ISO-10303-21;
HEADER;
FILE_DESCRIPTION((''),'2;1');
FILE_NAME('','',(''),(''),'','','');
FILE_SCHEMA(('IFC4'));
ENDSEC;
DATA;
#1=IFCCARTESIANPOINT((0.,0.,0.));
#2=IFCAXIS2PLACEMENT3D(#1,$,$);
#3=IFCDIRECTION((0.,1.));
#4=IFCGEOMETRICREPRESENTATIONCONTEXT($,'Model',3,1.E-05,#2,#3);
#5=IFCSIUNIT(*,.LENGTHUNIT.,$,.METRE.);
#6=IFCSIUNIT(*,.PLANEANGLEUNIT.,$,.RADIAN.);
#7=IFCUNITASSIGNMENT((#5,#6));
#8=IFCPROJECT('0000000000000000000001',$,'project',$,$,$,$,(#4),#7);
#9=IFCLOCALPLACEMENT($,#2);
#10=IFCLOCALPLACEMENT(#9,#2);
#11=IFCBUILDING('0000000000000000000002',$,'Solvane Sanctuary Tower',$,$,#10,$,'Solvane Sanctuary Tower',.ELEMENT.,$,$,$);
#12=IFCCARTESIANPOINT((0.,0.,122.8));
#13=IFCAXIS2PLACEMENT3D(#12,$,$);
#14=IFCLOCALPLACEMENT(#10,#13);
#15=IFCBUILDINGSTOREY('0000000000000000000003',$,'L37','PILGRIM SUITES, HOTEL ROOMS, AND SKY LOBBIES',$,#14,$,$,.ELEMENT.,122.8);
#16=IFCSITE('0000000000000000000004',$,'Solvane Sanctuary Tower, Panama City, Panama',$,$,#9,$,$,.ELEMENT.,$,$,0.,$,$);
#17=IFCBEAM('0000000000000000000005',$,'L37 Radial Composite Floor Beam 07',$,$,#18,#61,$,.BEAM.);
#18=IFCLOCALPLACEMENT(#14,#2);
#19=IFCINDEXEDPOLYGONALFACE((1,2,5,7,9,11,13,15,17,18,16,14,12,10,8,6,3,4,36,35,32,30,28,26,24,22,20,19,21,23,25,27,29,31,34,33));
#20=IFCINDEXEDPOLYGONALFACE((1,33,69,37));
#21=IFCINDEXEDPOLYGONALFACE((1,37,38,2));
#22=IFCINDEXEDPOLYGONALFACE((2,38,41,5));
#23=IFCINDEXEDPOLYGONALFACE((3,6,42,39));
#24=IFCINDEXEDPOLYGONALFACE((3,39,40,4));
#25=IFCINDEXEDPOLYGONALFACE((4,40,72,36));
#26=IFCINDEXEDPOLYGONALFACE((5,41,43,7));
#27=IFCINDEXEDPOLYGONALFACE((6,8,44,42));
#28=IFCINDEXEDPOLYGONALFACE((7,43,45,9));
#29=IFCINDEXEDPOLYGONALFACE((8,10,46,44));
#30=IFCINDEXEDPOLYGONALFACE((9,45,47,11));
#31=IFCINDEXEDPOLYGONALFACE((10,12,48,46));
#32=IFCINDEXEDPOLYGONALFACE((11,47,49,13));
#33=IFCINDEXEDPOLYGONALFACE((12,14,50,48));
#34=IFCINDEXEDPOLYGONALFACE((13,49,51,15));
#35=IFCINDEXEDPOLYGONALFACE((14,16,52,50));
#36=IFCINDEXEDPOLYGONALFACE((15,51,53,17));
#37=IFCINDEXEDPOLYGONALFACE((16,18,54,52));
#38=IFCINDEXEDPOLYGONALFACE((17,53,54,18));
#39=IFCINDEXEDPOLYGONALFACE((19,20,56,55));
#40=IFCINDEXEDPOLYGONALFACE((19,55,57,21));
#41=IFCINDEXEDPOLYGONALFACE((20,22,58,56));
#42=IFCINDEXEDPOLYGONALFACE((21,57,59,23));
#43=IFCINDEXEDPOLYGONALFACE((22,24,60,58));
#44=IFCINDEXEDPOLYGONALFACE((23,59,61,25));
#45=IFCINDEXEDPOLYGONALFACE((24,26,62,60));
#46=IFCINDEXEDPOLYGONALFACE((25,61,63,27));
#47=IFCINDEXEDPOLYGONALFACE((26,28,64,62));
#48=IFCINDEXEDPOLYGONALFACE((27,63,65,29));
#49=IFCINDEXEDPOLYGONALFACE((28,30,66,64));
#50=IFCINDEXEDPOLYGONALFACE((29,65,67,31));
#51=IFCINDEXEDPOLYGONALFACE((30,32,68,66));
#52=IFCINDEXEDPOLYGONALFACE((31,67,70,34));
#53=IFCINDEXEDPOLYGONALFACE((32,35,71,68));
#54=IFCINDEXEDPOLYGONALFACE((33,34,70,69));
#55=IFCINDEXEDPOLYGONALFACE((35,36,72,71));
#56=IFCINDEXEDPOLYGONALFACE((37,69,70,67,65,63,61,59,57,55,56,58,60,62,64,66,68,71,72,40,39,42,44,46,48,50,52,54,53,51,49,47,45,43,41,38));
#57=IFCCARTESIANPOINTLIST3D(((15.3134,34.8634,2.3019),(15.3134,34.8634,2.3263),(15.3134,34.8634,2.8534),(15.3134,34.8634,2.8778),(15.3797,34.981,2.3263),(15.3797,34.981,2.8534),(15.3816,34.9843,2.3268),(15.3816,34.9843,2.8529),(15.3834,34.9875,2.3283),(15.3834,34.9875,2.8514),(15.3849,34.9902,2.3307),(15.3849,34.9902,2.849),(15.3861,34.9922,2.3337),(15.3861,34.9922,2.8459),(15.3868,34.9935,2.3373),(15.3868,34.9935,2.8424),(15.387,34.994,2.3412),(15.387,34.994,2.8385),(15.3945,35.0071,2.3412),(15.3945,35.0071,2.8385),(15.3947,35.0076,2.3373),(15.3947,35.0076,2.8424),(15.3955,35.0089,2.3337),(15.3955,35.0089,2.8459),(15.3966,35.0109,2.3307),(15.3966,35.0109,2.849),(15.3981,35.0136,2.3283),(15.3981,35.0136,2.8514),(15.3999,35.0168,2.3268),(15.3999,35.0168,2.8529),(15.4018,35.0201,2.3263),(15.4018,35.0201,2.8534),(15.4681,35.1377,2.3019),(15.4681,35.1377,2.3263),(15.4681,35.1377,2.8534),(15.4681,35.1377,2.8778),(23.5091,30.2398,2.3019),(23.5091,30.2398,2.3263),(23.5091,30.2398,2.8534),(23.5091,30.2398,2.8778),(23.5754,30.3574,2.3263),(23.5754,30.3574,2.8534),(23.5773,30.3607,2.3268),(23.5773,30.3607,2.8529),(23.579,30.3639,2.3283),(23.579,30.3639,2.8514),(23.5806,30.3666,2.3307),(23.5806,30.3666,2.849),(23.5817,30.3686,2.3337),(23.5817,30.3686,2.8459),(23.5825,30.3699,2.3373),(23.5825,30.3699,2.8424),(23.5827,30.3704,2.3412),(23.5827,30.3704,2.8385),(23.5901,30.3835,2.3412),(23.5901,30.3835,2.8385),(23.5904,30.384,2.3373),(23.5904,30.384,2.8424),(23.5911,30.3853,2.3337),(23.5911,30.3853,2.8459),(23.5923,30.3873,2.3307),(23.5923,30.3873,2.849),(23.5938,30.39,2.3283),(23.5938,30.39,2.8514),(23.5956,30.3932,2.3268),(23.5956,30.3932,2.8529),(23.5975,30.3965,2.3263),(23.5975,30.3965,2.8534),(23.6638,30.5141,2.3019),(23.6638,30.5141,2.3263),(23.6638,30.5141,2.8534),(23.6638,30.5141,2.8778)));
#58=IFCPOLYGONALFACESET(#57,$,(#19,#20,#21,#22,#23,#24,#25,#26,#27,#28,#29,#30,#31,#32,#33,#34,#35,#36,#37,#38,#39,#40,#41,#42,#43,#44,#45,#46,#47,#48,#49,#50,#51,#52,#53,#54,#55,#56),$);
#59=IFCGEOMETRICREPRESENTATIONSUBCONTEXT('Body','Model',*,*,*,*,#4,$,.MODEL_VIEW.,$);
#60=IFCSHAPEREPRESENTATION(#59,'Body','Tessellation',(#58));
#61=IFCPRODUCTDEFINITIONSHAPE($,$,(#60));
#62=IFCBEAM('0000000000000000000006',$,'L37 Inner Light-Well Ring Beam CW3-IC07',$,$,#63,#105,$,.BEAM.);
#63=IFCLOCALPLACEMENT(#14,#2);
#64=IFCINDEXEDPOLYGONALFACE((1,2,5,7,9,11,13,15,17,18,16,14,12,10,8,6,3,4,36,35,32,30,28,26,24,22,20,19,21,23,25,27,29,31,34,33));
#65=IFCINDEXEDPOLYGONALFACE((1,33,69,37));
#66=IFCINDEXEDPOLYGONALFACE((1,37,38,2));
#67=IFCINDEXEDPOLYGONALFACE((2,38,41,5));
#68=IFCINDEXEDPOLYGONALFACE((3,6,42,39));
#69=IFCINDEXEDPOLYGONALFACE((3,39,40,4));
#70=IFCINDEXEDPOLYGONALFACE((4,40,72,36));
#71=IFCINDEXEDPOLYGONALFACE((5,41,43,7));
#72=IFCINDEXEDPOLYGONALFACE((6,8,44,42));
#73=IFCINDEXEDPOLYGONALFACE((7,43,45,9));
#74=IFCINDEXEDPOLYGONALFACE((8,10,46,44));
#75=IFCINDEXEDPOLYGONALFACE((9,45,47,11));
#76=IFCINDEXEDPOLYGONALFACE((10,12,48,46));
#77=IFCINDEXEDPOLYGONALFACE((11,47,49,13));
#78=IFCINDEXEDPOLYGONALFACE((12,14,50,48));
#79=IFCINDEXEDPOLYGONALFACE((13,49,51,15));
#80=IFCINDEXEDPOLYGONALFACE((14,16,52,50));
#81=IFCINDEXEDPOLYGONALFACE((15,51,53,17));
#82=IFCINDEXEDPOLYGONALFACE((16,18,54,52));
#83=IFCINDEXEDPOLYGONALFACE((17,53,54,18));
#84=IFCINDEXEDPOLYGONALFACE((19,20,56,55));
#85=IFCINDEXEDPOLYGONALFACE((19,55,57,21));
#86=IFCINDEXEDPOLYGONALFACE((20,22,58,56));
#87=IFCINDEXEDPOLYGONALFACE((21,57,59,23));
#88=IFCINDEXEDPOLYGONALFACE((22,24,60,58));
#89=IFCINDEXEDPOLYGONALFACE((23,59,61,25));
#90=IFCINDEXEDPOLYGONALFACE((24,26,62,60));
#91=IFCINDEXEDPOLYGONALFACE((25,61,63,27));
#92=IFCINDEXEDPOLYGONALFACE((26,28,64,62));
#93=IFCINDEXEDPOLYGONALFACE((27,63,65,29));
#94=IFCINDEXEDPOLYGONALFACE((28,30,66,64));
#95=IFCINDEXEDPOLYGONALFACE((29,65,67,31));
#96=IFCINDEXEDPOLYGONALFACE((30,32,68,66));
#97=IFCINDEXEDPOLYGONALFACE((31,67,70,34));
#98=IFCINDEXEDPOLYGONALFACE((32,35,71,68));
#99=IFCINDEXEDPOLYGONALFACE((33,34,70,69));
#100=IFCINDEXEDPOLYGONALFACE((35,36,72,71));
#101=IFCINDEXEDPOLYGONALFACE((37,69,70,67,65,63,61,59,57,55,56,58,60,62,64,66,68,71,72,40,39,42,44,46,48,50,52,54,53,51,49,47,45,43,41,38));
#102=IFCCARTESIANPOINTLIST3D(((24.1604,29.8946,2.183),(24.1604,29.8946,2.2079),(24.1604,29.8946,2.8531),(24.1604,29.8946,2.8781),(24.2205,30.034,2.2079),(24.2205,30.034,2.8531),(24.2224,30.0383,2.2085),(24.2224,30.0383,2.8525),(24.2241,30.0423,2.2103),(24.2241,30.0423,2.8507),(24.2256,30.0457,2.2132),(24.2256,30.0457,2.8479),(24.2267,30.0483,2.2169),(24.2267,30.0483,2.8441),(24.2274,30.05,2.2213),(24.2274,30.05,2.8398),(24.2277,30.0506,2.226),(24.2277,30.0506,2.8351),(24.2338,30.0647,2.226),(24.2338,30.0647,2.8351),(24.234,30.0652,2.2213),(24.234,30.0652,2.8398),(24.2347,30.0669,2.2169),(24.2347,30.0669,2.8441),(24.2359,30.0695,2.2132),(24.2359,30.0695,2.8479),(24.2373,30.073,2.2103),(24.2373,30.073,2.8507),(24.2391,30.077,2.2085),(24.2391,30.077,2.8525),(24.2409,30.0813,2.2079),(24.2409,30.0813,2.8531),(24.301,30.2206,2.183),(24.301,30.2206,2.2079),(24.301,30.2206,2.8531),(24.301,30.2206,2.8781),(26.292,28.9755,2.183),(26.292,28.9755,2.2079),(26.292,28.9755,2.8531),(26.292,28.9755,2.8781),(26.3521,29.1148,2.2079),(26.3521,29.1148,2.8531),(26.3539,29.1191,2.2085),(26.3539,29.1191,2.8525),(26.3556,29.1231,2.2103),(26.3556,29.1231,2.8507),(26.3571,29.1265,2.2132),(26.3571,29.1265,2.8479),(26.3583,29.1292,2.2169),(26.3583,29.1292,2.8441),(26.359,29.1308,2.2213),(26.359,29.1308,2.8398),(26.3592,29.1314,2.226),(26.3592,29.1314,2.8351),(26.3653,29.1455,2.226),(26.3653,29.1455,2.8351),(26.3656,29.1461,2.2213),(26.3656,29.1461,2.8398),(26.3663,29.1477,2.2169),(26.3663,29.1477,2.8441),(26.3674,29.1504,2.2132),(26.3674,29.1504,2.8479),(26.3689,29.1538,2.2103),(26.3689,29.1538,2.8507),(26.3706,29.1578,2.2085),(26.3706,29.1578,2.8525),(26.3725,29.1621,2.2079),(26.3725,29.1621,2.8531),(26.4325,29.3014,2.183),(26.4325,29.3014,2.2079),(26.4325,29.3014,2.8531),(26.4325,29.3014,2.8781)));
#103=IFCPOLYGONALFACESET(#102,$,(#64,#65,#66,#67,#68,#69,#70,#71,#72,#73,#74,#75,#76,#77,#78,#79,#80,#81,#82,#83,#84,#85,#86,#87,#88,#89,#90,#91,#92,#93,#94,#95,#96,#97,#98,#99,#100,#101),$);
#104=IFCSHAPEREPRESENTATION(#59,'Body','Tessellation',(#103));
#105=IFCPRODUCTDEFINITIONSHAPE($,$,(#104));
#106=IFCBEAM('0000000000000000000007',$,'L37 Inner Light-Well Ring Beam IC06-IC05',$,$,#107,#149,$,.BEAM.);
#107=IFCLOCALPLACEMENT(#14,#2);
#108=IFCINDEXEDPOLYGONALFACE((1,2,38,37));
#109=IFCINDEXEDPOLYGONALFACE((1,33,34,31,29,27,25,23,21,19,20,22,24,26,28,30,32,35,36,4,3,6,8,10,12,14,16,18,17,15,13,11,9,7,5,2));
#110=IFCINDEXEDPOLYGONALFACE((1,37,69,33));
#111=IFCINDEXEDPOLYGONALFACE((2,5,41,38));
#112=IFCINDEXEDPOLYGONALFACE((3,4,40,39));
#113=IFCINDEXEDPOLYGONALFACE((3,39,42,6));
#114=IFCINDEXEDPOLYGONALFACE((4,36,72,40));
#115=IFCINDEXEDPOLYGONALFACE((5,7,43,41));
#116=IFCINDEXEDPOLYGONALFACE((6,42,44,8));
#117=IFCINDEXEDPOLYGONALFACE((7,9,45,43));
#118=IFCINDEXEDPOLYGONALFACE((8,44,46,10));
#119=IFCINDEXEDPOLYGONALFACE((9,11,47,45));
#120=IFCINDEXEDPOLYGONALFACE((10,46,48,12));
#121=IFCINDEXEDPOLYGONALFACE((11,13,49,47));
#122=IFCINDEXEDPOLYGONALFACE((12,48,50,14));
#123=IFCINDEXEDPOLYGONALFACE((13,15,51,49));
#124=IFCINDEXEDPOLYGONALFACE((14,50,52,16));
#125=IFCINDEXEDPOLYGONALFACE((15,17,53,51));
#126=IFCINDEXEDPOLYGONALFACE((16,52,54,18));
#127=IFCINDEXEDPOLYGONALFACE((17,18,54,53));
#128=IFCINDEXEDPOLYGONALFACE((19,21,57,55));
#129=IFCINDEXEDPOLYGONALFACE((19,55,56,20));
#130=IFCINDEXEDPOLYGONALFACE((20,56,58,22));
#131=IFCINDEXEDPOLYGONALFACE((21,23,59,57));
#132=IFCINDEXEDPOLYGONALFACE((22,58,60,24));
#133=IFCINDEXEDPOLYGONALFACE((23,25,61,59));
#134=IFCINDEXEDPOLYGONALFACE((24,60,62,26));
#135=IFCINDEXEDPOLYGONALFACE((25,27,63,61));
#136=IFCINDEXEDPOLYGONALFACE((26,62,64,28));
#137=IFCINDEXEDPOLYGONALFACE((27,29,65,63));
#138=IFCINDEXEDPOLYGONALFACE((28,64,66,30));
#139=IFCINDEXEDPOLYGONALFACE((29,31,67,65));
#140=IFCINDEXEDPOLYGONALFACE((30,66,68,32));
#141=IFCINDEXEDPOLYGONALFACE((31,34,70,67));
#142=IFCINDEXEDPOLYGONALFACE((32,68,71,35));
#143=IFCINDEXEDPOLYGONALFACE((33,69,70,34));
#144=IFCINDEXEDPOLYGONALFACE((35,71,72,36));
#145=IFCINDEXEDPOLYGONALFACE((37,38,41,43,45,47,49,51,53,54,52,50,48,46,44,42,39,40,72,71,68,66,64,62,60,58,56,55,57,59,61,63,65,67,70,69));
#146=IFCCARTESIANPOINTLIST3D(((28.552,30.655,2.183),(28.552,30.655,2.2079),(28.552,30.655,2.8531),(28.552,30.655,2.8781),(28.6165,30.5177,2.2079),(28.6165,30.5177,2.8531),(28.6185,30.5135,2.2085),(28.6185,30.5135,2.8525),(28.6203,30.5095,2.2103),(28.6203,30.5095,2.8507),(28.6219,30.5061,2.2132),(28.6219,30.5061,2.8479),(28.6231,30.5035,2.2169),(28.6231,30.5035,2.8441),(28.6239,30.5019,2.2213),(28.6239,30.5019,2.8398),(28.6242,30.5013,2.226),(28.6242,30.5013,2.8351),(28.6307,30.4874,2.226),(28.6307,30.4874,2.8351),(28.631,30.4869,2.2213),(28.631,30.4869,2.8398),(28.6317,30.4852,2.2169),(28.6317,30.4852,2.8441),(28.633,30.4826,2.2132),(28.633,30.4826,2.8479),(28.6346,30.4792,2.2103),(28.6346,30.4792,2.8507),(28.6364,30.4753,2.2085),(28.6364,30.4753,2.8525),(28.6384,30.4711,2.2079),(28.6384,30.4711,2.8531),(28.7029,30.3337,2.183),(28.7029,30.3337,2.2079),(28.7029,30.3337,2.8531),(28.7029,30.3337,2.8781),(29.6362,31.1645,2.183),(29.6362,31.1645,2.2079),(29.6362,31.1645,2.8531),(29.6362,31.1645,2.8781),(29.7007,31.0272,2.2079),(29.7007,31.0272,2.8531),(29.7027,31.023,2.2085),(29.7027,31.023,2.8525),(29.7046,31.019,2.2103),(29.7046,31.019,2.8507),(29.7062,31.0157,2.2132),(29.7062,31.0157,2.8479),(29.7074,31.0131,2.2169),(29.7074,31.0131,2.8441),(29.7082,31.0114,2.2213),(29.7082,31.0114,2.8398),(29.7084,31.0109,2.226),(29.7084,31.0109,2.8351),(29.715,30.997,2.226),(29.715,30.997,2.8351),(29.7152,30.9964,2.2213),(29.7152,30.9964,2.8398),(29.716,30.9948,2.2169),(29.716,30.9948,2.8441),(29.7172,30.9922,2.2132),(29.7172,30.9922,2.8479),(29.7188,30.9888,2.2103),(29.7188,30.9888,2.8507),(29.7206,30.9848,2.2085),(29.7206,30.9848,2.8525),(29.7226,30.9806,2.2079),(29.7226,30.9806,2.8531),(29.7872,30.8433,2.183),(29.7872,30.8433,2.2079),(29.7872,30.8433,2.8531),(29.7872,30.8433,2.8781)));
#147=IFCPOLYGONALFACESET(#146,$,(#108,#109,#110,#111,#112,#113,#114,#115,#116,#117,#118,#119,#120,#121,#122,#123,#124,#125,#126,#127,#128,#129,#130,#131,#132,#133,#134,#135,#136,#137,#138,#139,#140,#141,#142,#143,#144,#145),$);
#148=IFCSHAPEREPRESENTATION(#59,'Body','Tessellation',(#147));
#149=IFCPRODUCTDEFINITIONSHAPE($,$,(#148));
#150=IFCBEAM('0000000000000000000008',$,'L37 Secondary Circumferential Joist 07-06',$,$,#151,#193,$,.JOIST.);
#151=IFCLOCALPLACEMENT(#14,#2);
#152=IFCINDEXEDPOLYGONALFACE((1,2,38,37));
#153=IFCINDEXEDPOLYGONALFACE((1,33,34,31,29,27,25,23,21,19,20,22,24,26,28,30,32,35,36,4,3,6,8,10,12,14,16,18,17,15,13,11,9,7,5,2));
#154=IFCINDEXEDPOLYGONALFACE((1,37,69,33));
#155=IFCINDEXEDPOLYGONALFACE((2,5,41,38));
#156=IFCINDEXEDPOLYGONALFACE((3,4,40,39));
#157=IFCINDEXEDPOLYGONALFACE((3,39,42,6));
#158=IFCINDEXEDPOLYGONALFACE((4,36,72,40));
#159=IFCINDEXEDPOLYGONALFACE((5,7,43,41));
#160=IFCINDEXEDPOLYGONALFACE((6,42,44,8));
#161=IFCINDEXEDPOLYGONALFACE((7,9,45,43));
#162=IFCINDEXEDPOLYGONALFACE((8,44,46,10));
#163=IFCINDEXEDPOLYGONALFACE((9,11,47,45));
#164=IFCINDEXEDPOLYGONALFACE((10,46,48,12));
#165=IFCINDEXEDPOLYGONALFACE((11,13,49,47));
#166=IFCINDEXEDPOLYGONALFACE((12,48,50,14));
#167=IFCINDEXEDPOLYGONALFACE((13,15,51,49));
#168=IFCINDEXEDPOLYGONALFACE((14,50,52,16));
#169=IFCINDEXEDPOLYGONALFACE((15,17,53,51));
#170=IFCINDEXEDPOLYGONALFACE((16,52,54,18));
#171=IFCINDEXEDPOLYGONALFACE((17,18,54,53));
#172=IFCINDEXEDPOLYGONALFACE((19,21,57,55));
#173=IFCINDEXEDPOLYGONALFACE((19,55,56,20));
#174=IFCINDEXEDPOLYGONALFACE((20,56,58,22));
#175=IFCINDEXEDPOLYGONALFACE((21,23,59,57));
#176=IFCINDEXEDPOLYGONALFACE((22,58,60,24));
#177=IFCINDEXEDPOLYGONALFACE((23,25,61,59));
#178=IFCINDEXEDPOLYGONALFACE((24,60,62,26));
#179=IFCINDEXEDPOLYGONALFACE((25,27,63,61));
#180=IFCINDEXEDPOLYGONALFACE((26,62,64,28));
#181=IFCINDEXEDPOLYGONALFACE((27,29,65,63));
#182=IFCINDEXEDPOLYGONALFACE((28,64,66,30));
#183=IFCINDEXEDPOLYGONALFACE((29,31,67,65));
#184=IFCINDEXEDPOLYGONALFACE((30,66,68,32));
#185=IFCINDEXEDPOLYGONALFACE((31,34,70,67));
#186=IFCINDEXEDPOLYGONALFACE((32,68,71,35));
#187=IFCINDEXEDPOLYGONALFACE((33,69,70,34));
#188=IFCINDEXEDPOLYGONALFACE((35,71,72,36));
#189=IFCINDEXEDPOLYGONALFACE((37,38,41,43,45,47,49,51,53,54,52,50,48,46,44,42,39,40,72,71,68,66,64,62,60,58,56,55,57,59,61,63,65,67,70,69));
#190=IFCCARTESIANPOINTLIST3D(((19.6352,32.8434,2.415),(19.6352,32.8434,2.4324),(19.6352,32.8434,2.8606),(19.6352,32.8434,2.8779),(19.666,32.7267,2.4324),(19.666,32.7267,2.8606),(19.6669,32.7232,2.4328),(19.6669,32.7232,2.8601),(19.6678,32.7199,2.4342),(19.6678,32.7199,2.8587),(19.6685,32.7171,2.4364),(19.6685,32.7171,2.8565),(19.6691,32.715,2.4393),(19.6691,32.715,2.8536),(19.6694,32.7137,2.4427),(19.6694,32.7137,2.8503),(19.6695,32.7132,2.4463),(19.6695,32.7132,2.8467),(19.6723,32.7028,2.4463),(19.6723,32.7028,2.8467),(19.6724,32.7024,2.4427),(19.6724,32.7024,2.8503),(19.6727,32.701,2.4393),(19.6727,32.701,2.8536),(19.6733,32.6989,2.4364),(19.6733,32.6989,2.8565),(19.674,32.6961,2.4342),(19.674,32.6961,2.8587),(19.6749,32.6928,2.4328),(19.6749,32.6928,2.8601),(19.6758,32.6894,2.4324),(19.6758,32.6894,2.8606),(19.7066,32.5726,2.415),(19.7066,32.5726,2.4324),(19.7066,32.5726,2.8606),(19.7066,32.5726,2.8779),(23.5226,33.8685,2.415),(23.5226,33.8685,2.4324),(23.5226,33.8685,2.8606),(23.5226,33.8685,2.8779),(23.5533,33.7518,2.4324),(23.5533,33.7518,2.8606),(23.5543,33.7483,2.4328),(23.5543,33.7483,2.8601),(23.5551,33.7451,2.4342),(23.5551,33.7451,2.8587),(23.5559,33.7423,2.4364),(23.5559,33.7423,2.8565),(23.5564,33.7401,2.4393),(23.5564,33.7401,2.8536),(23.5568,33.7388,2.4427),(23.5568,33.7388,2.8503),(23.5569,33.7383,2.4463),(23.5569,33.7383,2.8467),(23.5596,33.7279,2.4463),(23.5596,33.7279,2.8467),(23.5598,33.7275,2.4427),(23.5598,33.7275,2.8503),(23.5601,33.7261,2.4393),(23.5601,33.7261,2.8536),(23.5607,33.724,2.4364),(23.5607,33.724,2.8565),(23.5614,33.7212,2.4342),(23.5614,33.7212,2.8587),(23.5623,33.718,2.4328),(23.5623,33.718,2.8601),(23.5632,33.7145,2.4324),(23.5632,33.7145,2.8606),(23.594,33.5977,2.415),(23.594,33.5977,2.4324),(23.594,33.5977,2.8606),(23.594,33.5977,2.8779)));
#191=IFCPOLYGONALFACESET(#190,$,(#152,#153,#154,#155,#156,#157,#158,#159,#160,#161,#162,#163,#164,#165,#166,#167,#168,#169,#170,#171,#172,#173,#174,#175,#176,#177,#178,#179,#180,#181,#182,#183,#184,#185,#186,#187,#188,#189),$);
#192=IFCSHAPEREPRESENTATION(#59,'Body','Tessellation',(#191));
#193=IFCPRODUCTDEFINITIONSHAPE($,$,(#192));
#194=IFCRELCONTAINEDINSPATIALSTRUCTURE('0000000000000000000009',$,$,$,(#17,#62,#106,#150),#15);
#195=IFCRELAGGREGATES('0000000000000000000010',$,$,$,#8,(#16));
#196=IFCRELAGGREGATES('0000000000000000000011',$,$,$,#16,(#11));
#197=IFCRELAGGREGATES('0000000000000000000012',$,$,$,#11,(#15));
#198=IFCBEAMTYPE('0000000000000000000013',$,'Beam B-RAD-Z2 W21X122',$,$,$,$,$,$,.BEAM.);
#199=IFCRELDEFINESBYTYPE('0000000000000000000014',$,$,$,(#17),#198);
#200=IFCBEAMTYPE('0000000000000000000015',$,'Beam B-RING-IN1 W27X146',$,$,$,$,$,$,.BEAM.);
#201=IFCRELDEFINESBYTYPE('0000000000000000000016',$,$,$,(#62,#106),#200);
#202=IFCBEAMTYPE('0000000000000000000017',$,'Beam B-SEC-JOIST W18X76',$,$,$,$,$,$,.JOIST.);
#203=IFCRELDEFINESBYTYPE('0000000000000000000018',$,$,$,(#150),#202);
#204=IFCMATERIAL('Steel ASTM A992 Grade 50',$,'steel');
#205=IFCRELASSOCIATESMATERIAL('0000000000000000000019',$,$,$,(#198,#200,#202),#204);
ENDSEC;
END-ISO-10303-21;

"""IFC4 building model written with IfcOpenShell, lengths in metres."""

from ifc_helpers import new_model, si_unit, direction, frame, origin, origin_2d, place, context, subcontext, project, spatial, i_section, extrude, material, material_profile, profile_set, type_object, element, save


model = new_model("IFC4")

# Units and contexts
model_context = context("Model", 3, precision=1e-05, world=origin(), true_north=direction((0.0, 1.0)))
body_context = subcontext(model_context, "Body", "Model", "MODEL_VIEW")
ifc_project = project(units=[si_unit("LENGTHUNIT", "METRE"), si_unit("PLANEANGLEUNIT", "RADIAN")], contexts=[model_context])

# Site, building, storey
site_placement = place(None, origin())
site = spatial("IfcSite", under=ifc_project, at=site_placement, Name="Solvane Sanctuary Tower, Panama City, Panama", CompositionType="ELEMENT", RefElevation=0.0)
building_placement = place(site_placement, origin())
building = spatial("IfcBuilding", under=site, at=building_placement, Name="Solvane Sanctuary Tower", LongName="Solvane Sanctuary Tower", CompositionType="ELEMENT")
storey_placement = place(building_placement, frame((0.0, 0.0, 122.8)))
storey = spatial("IfcBuildingStorey", under=building, at=storey_placement, Name="L37", Description="PILGRIM SUITES, HOTEL ROOMS, AND SKY LOBBIES", CompositionType="ELEMENT", Elevation=122.8)

# Beams
ifc_material_1 = material(Name="Steel ASTM A992 Grade 50", Category="steel")
ifc_material_profile_1 = material_profile(ifc_material_1, i_section(OverallWidth=0.3149, OverallDepth=0.5759, WebThickness=0.0151, FlangeThickness=0.0244, FilletRadius=0.0149, at=origin_2d()), Name="W21X122")
ifc_profile_set_1 = profile_set([ifc_material_profile_1], Name="Steel ASTM A992 Grade 50")
beam_type_1 = type_object("IfcBeamType", Name="Beam B-RAD-Z2 W21X122", PredefinedType="BEAM", material=ifc_profile_set_1)
beam_1_placement = place(storey_placement, frame((23.5864, 30.377, 2.5898), z_axis=(-0.87096, 0.491353, 0.0), x_axis=(-0.491353, -0.87096, 0.0)))
element("IfcBeam", 1, at=beam_1_placement, inside=storey, type_object=beam_type_1, Name="L37 Radial Composite Floor Beam 07", PredefinedType="BEAM", context=body_context, shape_type="SweptSolid", body=[
    extrude(i_section(OverallWidth=0.3149, OverallDepth=0.5759, WebThickness=0.0151, FlangeThickness=0.0244, FilletRadius=0.0149, at=origin_2d()), origin(), (0.0, 0.0, 1.0), 9.4099),
])
ifc_material_profile_2 = material_profile(ifc_material_1, i_section(OverallWidth=0.355, OverallDepth=0.6951, WebThickness=0.0154, FlangeThickness=0.0249, FilletRadius=0.0181, at=origin_2d()), Name="W27X146")
ifc_profile_set_2 = profile_set([ifc_material_profile_2], Name="Steel ASTM A992 Grade 50")
beam_type_2 = type_object("IfcBeamType", Name="Beam B-RING-IN1 W27X146", PredefinedType="BEAM", material=ifc_profile_set_2)
beam_2_placement = place(storey_placement, frame((24.2307, 30.0576, 2.5305), z_axis=(0.918261, -0.395975, 0.0), x_axis=(0.395975, 0.918261, 0.0)))
element("IfcBeam", 2, at=beam_2_placement, inside=storey, type_object=beam_type_2, Name="L37 Inner Light-Well Ring Beam CW3-IC07", PredefinedType="BEAM", context=body_context, shape_type="SweptSolid", body=[
    extrude(i_section(OverallWidth=0.355, OverallDepth=0.6951, WebThickness=0.0154, FlangeThickness=0.0249, FilletRadius=0.0181, at=origin_2d()), origin(), (0.0, 0.0, 1.0), 2.3213),
])
beam_3_placement = place(storey_placement, frame((28.6274, 30.4944, 2.5305), z_axis=(0.905045, 0.425316, 0.0), x_axis=(-0.425316, 0.905045, 0.0)))
element("IfcBeam", 3, at=beam_3_placement, inside=storey, type_object=beam_type_2, Name="L37 Inner Light-Well Ring Beam IC06-IC05", PredefinedType="BEAM", context=body_context, shape_type="SweptSolid", body=[
    extrude(i_section(OverallWidth=0.355, OverallDepth=0.6951, WebThickness=0.0154, FlangeThickness=0.0249, FilletRadius=0.0181, at=origin_2d()), origin(), (0.0, 0.0, 1.0), 1.198),
])
ifc_material_profile_3 = material_profile(ifc_material_1, i_section(OverallWidth=0.28, OverallDepth=0.4629, WebThickness=0.0107, FlangeThickness=0.0173, FilletRadius=0.0139, at=origin_2d()), Name="W18X76")
ifc_profile_set_3 = profile_set([ifc_material_profile_3], Name="Steel ASTM A992 Grade 50")
beam_type_3 = type_object("IfcBeamType", Name="Beam B-SEC-JOIST W18X76", PredefinedType="JOIST", material=ifc_profile_set_3)
beam_4_placement = place(storey_placement, frame((19.6709, 32.708, 2.6465), z_axis=(0.966944, 0.254989, 0.0), x_axis=(-0.254989, 0.966944, 0.0)))
element("IfcBeam", 4, at=beam_4_placement, inside=storey, type_object=beam_type_3, Name="L37 Secondary Circumferential Joist 07-06", PredefinedType="JOIST", context=body_context, shape_type="SweptSolid", body=[
    extrude(i_section(OverallWidth=0.28, OverallDepth=0.4629, WebThickness=0.0107, FlangeThickness=0.0173, FilletRadius=0.0139, at=origin_2d()), origin(), (0.0, 0.0, 1.0), 4.0203),
])

save(model, "model.ifc")
